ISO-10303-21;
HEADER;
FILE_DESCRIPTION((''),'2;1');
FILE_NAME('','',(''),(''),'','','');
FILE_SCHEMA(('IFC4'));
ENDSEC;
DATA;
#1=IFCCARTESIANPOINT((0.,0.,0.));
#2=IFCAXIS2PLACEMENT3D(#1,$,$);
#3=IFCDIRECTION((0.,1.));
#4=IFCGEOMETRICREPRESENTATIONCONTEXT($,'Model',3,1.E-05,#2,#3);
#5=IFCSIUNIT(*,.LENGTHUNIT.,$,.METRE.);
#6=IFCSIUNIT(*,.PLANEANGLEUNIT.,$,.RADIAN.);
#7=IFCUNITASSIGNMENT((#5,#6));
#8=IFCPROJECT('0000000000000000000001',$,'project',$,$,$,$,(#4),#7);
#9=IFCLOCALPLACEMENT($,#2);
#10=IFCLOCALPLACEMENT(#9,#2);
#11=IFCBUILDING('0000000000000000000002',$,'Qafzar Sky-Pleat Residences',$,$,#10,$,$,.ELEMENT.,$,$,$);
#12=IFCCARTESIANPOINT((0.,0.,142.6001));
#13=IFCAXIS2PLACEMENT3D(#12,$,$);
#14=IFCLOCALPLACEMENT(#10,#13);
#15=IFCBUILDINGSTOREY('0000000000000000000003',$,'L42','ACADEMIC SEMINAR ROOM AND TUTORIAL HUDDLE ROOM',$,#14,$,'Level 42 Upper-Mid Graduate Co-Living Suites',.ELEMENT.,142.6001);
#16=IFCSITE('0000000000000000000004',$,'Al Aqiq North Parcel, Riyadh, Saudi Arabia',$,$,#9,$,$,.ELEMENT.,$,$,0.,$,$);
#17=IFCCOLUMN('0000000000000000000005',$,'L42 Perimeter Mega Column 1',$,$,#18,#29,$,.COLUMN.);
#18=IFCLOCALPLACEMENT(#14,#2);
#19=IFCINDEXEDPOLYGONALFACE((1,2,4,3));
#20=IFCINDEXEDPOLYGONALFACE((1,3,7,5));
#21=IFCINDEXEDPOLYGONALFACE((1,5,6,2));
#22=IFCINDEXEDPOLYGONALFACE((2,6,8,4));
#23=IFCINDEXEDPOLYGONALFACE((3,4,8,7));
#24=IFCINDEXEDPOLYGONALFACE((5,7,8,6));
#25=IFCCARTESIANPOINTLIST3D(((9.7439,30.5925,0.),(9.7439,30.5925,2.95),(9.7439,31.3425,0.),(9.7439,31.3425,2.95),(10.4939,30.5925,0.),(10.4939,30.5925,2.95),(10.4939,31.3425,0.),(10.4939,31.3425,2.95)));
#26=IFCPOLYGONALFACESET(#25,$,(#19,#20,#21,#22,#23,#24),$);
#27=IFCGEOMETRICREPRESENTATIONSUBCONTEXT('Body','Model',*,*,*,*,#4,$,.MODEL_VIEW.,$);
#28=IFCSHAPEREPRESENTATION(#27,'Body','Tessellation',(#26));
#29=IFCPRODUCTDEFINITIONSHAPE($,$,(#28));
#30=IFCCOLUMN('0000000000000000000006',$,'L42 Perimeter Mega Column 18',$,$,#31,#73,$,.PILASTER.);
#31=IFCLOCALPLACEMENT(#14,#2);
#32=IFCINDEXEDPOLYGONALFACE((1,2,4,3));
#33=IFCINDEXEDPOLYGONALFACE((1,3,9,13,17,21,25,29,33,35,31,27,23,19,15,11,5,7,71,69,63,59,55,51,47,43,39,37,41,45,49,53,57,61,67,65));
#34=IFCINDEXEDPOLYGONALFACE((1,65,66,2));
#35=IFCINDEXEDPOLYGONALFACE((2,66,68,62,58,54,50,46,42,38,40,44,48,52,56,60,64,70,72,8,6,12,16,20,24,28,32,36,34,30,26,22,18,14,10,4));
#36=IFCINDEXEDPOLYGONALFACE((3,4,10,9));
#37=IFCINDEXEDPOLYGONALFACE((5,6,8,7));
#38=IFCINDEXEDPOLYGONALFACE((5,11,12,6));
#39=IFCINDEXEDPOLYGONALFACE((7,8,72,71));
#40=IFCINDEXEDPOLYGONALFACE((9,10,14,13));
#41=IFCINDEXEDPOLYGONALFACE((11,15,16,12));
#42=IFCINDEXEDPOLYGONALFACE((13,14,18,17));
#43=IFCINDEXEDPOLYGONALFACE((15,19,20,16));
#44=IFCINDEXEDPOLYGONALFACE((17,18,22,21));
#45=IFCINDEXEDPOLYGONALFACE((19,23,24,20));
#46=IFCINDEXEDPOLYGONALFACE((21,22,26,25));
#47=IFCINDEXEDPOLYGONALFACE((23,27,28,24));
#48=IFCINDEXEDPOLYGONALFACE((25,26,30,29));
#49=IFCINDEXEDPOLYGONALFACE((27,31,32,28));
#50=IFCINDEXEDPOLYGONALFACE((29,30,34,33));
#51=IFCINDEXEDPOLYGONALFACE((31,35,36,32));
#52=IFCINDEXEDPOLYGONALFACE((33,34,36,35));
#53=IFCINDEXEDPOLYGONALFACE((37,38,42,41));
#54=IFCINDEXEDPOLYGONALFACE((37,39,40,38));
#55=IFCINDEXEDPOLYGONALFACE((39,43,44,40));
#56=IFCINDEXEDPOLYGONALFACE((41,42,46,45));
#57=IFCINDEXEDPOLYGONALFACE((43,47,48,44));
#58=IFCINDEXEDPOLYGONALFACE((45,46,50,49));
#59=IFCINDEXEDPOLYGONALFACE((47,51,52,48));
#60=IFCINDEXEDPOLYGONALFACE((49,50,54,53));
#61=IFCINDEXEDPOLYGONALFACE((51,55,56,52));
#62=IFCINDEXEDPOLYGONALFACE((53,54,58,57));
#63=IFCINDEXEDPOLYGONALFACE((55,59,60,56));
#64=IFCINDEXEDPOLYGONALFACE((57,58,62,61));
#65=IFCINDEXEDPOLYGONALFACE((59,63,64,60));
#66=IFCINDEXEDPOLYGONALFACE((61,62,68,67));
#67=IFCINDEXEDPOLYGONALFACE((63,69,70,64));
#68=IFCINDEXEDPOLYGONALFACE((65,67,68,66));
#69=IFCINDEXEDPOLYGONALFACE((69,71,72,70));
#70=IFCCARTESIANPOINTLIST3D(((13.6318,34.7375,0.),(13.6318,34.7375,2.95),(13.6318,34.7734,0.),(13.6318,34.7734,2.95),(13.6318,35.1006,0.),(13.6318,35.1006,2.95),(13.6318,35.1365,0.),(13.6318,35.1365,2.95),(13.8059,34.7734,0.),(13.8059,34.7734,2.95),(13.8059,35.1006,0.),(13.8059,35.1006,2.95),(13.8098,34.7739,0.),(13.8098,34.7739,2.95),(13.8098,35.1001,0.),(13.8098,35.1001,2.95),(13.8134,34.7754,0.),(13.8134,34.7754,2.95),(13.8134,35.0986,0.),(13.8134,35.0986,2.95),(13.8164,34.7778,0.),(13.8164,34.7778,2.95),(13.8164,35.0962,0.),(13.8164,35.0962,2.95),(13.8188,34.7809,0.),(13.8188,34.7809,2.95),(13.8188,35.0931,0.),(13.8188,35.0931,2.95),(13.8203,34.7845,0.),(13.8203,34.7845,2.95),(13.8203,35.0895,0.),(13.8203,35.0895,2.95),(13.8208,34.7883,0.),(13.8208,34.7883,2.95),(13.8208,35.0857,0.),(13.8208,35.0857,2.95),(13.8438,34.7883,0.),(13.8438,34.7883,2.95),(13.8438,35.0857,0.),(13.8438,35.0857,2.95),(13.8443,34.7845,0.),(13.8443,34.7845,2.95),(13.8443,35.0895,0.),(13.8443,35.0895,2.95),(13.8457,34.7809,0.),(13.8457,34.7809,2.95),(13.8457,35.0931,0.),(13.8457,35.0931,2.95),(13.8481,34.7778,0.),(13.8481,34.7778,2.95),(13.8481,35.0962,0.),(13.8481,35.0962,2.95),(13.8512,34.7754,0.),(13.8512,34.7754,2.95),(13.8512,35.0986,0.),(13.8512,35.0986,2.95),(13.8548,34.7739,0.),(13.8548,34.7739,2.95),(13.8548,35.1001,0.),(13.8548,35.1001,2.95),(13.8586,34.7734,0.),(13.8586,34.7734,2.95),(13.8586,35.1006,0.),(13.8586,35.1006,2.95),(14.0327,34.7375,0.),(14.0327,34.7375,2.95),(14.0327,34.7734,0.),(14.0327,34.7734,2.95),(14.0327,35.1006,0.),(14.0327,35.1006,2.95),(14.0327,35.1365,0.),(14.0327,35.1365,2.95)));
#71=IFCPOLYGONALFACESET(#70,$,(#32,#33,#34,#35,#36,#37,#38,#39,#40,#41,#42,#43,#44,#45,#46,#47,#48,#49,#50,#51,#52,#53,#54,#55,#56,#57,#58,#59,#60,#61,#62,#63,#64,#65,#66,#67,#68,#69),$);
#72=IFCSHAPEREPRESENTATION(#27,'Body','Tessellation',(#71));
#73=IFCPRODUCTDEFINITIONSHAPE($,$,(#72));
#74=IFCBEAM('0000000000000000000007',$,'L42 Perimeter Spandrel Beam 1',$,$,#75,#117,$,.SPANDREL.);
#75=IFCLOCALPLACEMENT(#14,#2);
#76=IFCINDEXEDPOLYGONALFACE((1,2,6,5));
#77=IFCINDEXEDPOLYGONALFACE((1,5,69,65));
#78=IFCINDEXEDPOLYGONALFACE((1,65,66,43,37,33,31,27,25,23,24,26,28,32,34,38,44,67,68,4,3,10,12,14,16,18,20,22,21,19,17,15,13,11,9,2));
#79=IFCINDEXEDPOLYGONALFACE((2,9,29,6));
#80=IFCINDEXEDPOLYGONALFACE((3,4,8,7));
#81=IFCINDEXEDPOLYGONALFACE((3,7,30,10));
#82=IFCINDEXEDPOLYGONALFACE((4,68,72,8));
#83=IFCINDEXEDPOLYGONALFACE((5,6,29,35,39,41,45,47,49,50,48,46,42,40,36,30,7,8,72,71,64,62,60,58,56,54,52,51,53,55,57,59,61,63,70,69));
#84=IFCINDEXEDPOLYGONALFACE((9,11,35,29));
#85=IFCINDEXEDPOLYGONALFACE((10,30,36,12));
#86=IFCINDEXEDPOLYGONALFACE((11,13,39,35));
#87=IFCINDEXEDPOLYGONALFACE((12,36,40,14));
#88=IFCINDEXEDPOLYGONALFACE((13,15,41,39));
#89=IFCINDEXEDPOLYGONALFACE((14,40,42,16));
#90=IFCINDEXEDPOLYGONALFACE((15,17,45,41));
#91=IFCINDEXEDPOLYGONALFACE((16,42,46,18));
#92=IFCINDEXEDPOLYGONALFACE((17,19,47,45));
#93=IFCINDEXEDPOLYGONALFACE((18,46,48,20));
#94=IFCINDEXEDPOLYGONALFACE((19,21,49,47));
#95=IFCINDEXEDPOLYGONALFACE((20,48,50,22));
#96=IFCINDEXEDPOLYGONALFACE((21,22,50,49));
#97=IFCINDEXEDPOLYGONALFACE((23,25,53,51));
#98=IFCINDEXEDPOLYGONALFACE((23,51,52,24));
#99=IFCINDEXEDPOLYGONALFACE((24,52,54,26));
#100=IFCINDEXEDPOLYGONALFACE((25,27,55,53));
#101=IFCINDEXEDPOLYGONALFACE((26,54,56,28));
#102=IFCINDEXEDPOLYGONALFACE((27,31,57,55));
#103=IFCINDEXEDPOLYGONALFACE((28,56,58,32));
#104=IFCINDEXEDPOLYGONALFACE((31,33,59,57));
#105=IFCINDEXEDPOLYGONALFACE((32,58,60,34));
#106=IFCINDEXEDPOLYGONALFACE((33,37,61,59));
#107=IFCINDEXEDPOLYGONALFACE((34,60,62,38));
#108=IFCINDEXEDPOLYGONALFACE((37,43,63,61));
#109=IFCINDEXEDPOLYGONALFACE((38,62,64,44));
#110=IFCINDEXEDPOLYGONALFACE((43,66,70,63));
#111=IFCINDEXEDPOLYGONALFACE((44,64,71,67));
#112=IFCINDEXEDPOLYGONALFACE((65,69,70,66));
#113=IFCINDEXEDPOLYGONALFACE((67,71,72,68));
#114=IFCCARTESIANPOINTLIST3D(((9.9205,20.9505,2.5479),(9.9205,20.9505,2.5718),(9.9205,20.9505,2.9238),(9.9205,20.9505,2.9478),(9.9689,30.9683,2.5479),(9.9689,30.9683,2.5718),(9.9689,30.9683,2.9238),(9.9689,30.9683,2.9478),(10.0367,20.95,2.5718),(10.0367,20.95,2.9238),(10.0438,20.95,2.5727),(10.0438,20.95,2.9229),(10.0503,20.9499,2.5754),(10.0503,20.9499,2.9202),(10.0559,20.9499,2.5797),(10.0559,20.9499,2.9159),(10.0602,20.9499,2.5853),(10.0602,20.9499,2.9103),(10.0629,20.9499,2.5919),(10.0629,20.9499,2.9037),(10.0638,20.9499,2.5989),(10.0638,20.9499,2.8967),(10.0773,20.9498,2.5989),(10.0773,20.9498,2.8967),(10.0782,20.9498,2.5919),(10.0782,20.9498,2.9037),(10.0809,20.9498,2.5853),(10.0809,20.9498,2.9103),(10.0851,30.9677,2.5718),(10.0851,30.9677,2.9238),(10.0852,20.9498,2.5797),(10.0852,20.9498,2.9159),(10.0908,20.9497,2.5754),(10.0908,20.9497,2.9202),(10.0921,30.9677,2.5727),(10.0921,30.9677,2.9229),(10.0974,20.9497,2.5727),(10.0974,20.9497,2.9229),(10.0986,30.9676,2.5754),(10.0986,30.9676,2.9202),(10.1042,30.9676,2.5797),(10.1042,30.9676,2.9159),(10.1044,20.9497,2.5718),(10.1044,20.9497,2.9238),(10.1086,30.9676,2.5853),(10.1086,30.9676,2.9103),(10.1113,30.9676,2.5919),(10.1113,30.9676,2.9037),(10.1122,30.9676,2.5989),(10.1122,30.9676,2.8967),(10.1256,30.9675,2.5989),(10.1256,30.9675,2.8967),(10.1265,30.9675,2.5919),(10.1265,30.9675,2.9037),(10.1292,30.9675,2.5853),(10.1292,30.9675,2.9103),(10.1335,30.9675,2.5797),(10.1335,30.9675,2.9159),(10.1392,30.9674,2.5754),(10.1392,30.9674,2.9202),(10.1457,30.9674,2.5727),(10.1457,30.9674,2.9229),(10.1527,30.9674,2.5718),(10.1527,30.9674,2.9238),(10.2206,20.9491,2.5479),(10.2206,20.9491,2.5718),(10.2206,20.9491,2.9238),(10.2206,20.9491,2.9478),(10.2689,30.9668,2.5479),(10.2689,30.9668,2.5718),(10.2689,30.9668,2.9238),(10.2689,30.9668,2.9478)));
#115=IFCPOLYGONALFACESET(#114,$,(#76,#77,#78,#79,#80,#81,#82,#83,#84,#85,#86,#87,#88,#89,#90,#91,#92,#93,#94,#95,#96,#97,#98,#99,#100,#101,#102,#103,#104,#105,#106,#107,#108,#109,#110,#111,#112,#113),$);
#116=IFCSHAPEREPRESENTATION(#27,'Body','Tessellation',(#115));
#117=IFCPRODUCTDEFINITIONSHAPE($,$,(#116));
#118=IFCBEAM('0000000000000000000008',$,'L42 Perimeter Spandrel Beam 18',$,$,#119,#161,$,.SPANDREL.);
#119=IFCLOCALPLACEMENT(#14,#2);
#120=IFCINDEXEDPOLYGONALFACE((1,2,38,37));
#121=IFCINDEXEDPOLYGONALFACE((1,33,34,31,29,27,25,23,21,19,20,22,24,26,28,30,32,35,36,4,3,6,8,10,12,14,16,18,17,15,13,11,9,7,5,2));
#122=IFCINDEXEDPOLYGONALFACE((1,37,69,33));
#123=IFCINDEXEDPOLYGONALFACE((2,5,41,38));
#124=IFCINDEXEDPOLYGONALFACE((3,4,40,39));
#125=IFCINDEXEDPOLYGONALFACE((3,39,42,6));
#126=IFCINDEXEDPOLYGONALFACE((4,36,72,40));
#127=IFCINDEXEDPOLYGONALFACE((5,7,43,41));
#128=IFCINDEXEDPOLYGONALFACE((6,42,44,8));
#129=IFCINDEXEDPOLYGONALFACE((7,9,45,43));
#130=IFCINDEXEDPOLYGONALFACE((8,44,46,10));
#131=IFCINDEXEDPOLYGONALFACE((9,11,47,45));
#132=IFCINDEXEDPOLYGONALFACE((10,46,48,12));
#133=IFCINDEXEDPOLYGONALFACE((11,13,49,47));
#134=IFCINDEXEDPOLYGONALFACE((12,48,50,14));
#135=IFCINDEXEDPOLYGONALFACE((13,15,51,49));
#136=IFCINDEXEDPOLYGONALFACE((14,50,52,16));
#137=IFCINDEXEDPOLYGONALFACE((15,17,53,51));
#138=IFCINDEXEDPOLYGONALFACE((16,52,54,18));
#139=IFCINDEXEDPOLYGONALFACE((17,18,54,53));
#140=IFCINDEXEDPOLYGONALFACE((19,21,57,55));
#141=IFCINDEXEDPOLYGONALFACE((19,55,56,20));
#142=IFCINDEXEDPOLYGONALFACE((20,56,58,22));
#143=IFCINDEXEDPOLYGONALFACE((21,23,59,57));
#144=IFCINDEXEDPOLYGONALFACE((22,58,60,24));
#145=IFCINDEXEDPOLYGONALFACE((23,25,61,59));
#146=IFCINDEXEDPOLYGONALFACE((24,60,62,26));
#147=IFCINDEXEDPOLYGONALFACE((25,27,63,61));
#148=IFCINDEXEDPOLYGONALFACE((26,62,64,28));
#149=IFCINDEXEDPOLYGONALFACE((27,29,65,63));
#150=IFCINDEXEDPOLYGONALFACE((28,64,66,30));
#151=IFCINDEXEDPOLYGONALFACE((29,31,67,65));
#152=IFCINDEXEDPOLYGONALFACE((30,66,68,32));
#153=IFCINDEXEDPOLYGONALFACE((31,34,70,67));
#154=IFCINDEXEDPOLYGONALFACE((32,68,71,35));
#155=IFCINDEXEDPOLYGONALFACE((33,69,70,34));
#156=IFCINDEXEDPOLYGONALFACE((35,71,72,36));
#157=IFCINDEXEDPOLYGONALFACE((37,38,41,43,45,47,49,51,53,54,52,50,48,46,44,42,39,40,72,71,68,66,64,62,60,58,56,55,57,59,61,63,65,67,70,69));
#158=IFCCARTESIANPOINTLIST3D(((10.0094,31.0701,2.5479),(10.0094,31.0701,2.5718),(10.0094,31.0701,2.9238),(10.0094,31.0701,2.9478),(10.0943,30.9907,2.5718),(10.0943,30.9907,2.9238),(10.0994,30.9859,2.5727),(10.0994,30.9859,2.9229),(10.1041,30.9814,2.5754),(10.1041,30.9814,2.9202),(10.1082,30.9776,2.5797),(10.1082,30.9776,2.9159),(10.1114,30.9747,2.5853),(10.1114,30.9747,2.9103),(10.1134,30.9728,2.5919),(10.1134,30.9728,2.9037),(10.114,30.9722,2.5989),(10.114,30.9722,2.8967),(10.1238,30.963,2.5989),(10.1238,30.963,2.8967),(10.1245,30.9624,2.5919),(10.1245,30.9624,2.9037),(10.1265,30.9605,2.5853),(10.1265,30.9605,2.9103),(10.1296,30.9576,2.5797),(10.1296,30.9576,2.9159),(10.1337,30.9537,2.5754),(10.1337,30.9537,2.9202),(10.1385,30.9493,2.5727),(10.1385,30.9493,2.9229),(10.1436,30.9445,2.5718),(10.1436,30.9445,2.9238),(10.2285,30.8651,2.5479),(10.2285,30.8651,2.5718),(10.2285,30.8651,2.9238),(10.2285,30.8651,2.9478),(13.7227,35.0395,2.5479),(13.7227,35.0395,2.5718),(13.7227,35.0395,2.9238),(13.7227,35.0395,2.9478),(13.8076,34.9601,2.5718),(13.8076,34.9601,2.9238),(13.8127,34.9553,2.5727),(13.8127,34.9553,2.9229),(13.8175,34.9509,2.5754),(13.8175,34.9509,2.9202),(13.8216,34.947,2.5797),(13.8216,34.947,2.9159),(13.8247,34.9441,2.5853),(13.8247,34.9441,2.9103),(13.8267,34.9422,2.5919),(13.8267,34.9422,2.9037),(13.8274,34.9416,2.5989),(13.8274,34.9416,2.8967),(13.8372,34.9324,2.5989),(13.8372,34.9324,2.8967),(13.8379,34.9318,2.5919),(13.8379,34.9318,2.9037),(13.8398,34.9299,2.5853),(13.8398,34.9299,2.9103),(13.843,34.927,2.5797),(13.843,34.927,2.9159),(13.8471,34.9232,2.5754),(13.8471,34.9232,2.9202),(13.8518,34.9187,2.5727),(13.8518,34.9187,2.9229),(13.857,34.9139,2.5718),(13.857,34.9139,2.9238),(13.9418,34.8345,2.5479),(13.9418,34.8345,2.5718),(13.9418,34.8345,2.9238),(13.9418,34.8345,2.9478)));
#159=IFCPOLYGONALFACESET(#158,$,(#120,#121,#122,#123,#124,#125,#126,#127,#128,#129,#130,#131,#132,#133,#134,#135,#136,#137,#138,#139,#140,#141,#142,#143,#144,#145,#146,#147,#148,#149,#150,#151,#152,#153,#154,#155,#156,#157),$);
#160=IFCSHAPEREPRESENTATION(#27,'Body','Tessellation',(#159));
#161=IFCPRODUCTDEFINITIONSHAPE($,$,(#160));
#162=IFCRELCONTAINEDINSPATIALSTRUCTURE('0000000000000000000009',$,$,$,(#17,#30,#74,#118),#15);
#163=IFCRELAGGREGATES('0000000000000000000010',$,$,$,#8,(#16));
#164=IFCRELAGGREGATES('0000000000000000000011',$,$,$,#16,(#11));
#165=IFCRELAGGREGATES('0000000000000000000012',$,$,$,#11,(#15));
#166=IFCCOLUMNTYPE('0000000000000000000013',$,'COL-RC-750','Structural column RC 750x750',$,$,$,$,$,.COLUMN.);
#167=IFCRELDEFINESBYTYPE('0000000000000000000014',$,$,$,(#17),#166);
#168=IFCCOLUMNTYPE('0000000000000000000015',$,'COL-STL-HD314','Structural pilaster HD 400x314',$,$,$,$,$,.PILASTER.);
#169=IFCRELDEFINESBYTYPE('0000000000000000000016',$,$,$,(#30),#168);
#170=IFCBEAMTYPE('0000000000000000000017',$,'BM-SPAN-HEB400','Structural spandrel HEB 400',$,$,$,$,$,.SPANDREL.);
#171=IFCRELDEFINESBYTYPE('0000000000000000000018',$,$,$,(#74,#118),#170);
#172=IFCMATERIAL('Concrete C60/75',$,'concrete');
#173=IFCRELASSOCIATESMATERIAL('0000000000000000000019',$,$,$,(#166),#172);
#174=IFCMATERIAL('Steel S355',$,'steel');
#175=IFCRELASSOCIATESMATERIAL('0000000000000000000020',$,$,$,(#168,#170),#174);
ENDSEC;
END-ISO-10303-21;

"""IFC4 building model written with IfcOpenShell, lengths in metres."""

from ifc_helpers import new_model, si_unit, direction, frame, origin, origin_2d, place, context, subcontext, project, spatial, rectangle, i_section, extrude, source, transform, mapped, material, material_profile, profile_set, type_object, element, save


model = new_model("IFC4")

# Units and contexts
model_context = context("Model", 3, precision=1e-05, world=origin(), true_north=direction((0.0, 1.0)))
body_context = subcontext(model_context, "Body", "Model", "MODEL_VIEW")
ifc_project = project(units=[si_unit("LENGTHUNIT", "METRE"), si_unit("PLANEANGLEUNIT", "RADIAN")], contexts=[model_context])

# Site, building, storey
site_placement = place(None, origin())
site = spatial("IfcSite", under=ifc_project, at=site_placement, Name="Al Aqiq North Parcel, Riyadh, Saudi Arabia", CompositionType="ELEMENT", RefElevation=0.0)
building_placement = place(site_placement, origin())
building = spatial("IfcBuilding", under=site, at=building_placement, Name="Qafzar Sky-Pleat Residences", CompositionType="ELEMENT")
storey_placement = place(building_placement, frame((0.0, 0.0, 142.6001)))
storey = spatial("IfcBuildingStorey", under=building, at=storey_placement, Name="L42", Description="ACADEMIC SEMINAR ROOM AND TUTORIAL HUDDLE ROOM", LongName="Level 42 Upper-Mid Graduate Co-Living Suites", CompositionType="ELEMENT", Elevation=142.6001)

# Columns
ifc_material_1 = material(Name="Concrete C60/75", Category="concrete")
ifc_material_profile_1 = material_profile(ifc_material_1, rectangle(XDim=0.75, YDim=0.75, at=origin_2d()), Name="RC 750x750")
ifc_profile_set_1 = profile_set([ifc_material_profile_1], Name="Concrete C60/75")
column_type_1 = type_object("IfcColumnType", Name="COL-RC-750", Description="Structural column RC 750x750", PredefinedType="COLUMN", material=ifc_profile_set_1)
shared_shape_1 = source(origin(), body_context, "Body", "SweptSolid", [
    extrude(rectangle(XDim=0.75, YDim=0.75, at=origin_2d()), origin(), (0.0, 0.0, 1.0), 2.95),
])
column_1_placement = place(storey_placement, frame((10.1189, 30.9675, 0.0), z_axis=(0.0, 0.0, 1.0), x_axis=(1.0, 0.0, 0.0)))
element("IfcColumn", 1, at=column_1_placement, inside=storey, type_object=column_type_1, Name="L42 Perimeter Mega Column 1", PredefinedType="COLUMN", context=body_context, shape_type="MappedRepresentation", body=[
    mapped(shared_shape_1, transform((0.0, 0.0, 0.0), x_axis=(1.0, 0.0, 0.0), y_axis=(0.0, 1.0, 0.0), z_axis=(0.0, 0.0, 1.0), scale=1.0)),
])
ifc_material_2 = material(Name="Steel S355", Category="steel")
ifc_material_profile_2 = material_profile(ifc_material_2, i_section(OverallWidth=0.4009, OverallDepth=0.3989, WebThickness=0.0229, FlangeThickness=0.0359, FilletRadius=0.0149, at=origin_2d()), Name="HD 400x314")
ifc_profile_set_2 = profile_set([ifc_material_profile_2], Name="Steel S355")
column_type_2 = type_object("IfcColumnType", Name="COL-STL-HD314", Description="Structural pilaster HD 400x314", PredefinedType="PILASTER", material=ifc_profile_set_2)
shared_shape_2 = source(origin(), body_context, "Body", "SweptSolid", [
    extrude(i_section(OverallWidth=0.4009, OverallDepth=0.3989, WebThickness=0.0229, FlangeThickness=0.0359, FilletRadius=0.0149, at=origin_2d()), origin(), (0.0, 0.0, 1.0), 2.95),
])
column_2_placement = place(storey_placement, frame((13.8323, 34.937, 0.0), z_axis=(0.0, 0.0, 1.0), x_axis=(1.0, 0.0, 0.0)))
element("IfcColumn", 2, at=column_2_placement, inside=storey, type_object=column_type_2, Name="L42 Perimeter Mega Column 18", PredefinedType="PILASTER", context=body_context, shape_type="MappedRepresentation", body=[
    mapped(shared_shape_2, transform((0.0, 0.0, 0.0), x_axis=(1.0, 0.0, 0.0), y_axis=(0.0, 1.0, 0.0), z_axis=(0.0, 0.0, 1.0), scale=1.0)),
])

# Beams
ifc_material_profile_3 = material_profile(ifc_material_2, i_section(OverallWidth=0.3, OverallDepth=0.3999, WebThickness=0.0134, FlangeThickness=0.0239, FilletRadius=0.0271, at=origin_2d()), Name="HEB 400")
ifc_profile_set_3 = profile_set([ifc_material_profile_3], Name="Steel S355")
beam_type_1 = type_object("IfcBeamType", Name="BM-SPAN-HEB400", Description="Structural spandrel HEB 400", PredefinedType="SPANDREL", material=ifc_profile_set_3)
shared_shape_3 = source(origin(), body_context, "Body", "SweptSolid", [
    extrude(i_section(OverallWidth=0.3, OverallDepth=0.3999, WebThickness=0.0134, FlangeThickness=0.0239, FilletRadius=0.0271, at=origin_2d()), origin(), (0.0, 0.0, 1.0), 10.0178),
])
beam_1_placement = place(storey_placement, frame((10.1189, 30.9675, 2.7478), z_axis=(-0.004825, -0.999988, 0.0), x_axis=(0.999988, -0.004825, 0.0)))
element("IfcBeam", 3, at=beam_1_placement, inside=storey, type_object=beam_type_1, Name="L42 Perimeter Spandrel Beam 1", PredefinedType="SPANDREL", context=body_context, shape_type="MappedRepresentation", body=[
    mapped(shared_shape_3, transform((0.0, 0.0, 0.0), x_axis=(1.0, 0.0, 0.0), y_axis=(0.0, 1.0, 0.0), z_axis=(0.0, 0.0, 1.0), scale=1.0)),
])
shared_shape_4 = source(origin(), body_context, "Body", "SweptSolid", [
    extrude(i_section(OverallWidth=0.3, OverallDepth=0.3999, WebThickness=0.0134, FlangeThickness=0.0239, FilletRadius=0.0271, at=origin_2d()), origin(), (0.0, 0.0, 1.0), 5.4355),
])
beam_2_placement = place(storey_placement, frame((13.8323, 34.937, 2.7478), z_axis=(-0.683156, -0.730272, 0.0), x_axis=(0.730272, -0.683156, 0.0)))
element("IfcBeam", 4, at=beam_2_placement, inside=storey, type_object=beam_type_1, Name="L42 Perimeter Spandrel Beam 18", PredefinedType="SPANDREL", context=body_context, shape_type="MappedRepresentation", body=[
    mapped(shared_shape_4, transform((0.0, 0.0, 0.0), x_axis=(1.0, 0.0, 0.0), y_axis=(0.0, 1.0, 0.0), z_axis=(0.0, 0.0, 1.0), scale=1.0)),
])

save(model, "model.ifc")
